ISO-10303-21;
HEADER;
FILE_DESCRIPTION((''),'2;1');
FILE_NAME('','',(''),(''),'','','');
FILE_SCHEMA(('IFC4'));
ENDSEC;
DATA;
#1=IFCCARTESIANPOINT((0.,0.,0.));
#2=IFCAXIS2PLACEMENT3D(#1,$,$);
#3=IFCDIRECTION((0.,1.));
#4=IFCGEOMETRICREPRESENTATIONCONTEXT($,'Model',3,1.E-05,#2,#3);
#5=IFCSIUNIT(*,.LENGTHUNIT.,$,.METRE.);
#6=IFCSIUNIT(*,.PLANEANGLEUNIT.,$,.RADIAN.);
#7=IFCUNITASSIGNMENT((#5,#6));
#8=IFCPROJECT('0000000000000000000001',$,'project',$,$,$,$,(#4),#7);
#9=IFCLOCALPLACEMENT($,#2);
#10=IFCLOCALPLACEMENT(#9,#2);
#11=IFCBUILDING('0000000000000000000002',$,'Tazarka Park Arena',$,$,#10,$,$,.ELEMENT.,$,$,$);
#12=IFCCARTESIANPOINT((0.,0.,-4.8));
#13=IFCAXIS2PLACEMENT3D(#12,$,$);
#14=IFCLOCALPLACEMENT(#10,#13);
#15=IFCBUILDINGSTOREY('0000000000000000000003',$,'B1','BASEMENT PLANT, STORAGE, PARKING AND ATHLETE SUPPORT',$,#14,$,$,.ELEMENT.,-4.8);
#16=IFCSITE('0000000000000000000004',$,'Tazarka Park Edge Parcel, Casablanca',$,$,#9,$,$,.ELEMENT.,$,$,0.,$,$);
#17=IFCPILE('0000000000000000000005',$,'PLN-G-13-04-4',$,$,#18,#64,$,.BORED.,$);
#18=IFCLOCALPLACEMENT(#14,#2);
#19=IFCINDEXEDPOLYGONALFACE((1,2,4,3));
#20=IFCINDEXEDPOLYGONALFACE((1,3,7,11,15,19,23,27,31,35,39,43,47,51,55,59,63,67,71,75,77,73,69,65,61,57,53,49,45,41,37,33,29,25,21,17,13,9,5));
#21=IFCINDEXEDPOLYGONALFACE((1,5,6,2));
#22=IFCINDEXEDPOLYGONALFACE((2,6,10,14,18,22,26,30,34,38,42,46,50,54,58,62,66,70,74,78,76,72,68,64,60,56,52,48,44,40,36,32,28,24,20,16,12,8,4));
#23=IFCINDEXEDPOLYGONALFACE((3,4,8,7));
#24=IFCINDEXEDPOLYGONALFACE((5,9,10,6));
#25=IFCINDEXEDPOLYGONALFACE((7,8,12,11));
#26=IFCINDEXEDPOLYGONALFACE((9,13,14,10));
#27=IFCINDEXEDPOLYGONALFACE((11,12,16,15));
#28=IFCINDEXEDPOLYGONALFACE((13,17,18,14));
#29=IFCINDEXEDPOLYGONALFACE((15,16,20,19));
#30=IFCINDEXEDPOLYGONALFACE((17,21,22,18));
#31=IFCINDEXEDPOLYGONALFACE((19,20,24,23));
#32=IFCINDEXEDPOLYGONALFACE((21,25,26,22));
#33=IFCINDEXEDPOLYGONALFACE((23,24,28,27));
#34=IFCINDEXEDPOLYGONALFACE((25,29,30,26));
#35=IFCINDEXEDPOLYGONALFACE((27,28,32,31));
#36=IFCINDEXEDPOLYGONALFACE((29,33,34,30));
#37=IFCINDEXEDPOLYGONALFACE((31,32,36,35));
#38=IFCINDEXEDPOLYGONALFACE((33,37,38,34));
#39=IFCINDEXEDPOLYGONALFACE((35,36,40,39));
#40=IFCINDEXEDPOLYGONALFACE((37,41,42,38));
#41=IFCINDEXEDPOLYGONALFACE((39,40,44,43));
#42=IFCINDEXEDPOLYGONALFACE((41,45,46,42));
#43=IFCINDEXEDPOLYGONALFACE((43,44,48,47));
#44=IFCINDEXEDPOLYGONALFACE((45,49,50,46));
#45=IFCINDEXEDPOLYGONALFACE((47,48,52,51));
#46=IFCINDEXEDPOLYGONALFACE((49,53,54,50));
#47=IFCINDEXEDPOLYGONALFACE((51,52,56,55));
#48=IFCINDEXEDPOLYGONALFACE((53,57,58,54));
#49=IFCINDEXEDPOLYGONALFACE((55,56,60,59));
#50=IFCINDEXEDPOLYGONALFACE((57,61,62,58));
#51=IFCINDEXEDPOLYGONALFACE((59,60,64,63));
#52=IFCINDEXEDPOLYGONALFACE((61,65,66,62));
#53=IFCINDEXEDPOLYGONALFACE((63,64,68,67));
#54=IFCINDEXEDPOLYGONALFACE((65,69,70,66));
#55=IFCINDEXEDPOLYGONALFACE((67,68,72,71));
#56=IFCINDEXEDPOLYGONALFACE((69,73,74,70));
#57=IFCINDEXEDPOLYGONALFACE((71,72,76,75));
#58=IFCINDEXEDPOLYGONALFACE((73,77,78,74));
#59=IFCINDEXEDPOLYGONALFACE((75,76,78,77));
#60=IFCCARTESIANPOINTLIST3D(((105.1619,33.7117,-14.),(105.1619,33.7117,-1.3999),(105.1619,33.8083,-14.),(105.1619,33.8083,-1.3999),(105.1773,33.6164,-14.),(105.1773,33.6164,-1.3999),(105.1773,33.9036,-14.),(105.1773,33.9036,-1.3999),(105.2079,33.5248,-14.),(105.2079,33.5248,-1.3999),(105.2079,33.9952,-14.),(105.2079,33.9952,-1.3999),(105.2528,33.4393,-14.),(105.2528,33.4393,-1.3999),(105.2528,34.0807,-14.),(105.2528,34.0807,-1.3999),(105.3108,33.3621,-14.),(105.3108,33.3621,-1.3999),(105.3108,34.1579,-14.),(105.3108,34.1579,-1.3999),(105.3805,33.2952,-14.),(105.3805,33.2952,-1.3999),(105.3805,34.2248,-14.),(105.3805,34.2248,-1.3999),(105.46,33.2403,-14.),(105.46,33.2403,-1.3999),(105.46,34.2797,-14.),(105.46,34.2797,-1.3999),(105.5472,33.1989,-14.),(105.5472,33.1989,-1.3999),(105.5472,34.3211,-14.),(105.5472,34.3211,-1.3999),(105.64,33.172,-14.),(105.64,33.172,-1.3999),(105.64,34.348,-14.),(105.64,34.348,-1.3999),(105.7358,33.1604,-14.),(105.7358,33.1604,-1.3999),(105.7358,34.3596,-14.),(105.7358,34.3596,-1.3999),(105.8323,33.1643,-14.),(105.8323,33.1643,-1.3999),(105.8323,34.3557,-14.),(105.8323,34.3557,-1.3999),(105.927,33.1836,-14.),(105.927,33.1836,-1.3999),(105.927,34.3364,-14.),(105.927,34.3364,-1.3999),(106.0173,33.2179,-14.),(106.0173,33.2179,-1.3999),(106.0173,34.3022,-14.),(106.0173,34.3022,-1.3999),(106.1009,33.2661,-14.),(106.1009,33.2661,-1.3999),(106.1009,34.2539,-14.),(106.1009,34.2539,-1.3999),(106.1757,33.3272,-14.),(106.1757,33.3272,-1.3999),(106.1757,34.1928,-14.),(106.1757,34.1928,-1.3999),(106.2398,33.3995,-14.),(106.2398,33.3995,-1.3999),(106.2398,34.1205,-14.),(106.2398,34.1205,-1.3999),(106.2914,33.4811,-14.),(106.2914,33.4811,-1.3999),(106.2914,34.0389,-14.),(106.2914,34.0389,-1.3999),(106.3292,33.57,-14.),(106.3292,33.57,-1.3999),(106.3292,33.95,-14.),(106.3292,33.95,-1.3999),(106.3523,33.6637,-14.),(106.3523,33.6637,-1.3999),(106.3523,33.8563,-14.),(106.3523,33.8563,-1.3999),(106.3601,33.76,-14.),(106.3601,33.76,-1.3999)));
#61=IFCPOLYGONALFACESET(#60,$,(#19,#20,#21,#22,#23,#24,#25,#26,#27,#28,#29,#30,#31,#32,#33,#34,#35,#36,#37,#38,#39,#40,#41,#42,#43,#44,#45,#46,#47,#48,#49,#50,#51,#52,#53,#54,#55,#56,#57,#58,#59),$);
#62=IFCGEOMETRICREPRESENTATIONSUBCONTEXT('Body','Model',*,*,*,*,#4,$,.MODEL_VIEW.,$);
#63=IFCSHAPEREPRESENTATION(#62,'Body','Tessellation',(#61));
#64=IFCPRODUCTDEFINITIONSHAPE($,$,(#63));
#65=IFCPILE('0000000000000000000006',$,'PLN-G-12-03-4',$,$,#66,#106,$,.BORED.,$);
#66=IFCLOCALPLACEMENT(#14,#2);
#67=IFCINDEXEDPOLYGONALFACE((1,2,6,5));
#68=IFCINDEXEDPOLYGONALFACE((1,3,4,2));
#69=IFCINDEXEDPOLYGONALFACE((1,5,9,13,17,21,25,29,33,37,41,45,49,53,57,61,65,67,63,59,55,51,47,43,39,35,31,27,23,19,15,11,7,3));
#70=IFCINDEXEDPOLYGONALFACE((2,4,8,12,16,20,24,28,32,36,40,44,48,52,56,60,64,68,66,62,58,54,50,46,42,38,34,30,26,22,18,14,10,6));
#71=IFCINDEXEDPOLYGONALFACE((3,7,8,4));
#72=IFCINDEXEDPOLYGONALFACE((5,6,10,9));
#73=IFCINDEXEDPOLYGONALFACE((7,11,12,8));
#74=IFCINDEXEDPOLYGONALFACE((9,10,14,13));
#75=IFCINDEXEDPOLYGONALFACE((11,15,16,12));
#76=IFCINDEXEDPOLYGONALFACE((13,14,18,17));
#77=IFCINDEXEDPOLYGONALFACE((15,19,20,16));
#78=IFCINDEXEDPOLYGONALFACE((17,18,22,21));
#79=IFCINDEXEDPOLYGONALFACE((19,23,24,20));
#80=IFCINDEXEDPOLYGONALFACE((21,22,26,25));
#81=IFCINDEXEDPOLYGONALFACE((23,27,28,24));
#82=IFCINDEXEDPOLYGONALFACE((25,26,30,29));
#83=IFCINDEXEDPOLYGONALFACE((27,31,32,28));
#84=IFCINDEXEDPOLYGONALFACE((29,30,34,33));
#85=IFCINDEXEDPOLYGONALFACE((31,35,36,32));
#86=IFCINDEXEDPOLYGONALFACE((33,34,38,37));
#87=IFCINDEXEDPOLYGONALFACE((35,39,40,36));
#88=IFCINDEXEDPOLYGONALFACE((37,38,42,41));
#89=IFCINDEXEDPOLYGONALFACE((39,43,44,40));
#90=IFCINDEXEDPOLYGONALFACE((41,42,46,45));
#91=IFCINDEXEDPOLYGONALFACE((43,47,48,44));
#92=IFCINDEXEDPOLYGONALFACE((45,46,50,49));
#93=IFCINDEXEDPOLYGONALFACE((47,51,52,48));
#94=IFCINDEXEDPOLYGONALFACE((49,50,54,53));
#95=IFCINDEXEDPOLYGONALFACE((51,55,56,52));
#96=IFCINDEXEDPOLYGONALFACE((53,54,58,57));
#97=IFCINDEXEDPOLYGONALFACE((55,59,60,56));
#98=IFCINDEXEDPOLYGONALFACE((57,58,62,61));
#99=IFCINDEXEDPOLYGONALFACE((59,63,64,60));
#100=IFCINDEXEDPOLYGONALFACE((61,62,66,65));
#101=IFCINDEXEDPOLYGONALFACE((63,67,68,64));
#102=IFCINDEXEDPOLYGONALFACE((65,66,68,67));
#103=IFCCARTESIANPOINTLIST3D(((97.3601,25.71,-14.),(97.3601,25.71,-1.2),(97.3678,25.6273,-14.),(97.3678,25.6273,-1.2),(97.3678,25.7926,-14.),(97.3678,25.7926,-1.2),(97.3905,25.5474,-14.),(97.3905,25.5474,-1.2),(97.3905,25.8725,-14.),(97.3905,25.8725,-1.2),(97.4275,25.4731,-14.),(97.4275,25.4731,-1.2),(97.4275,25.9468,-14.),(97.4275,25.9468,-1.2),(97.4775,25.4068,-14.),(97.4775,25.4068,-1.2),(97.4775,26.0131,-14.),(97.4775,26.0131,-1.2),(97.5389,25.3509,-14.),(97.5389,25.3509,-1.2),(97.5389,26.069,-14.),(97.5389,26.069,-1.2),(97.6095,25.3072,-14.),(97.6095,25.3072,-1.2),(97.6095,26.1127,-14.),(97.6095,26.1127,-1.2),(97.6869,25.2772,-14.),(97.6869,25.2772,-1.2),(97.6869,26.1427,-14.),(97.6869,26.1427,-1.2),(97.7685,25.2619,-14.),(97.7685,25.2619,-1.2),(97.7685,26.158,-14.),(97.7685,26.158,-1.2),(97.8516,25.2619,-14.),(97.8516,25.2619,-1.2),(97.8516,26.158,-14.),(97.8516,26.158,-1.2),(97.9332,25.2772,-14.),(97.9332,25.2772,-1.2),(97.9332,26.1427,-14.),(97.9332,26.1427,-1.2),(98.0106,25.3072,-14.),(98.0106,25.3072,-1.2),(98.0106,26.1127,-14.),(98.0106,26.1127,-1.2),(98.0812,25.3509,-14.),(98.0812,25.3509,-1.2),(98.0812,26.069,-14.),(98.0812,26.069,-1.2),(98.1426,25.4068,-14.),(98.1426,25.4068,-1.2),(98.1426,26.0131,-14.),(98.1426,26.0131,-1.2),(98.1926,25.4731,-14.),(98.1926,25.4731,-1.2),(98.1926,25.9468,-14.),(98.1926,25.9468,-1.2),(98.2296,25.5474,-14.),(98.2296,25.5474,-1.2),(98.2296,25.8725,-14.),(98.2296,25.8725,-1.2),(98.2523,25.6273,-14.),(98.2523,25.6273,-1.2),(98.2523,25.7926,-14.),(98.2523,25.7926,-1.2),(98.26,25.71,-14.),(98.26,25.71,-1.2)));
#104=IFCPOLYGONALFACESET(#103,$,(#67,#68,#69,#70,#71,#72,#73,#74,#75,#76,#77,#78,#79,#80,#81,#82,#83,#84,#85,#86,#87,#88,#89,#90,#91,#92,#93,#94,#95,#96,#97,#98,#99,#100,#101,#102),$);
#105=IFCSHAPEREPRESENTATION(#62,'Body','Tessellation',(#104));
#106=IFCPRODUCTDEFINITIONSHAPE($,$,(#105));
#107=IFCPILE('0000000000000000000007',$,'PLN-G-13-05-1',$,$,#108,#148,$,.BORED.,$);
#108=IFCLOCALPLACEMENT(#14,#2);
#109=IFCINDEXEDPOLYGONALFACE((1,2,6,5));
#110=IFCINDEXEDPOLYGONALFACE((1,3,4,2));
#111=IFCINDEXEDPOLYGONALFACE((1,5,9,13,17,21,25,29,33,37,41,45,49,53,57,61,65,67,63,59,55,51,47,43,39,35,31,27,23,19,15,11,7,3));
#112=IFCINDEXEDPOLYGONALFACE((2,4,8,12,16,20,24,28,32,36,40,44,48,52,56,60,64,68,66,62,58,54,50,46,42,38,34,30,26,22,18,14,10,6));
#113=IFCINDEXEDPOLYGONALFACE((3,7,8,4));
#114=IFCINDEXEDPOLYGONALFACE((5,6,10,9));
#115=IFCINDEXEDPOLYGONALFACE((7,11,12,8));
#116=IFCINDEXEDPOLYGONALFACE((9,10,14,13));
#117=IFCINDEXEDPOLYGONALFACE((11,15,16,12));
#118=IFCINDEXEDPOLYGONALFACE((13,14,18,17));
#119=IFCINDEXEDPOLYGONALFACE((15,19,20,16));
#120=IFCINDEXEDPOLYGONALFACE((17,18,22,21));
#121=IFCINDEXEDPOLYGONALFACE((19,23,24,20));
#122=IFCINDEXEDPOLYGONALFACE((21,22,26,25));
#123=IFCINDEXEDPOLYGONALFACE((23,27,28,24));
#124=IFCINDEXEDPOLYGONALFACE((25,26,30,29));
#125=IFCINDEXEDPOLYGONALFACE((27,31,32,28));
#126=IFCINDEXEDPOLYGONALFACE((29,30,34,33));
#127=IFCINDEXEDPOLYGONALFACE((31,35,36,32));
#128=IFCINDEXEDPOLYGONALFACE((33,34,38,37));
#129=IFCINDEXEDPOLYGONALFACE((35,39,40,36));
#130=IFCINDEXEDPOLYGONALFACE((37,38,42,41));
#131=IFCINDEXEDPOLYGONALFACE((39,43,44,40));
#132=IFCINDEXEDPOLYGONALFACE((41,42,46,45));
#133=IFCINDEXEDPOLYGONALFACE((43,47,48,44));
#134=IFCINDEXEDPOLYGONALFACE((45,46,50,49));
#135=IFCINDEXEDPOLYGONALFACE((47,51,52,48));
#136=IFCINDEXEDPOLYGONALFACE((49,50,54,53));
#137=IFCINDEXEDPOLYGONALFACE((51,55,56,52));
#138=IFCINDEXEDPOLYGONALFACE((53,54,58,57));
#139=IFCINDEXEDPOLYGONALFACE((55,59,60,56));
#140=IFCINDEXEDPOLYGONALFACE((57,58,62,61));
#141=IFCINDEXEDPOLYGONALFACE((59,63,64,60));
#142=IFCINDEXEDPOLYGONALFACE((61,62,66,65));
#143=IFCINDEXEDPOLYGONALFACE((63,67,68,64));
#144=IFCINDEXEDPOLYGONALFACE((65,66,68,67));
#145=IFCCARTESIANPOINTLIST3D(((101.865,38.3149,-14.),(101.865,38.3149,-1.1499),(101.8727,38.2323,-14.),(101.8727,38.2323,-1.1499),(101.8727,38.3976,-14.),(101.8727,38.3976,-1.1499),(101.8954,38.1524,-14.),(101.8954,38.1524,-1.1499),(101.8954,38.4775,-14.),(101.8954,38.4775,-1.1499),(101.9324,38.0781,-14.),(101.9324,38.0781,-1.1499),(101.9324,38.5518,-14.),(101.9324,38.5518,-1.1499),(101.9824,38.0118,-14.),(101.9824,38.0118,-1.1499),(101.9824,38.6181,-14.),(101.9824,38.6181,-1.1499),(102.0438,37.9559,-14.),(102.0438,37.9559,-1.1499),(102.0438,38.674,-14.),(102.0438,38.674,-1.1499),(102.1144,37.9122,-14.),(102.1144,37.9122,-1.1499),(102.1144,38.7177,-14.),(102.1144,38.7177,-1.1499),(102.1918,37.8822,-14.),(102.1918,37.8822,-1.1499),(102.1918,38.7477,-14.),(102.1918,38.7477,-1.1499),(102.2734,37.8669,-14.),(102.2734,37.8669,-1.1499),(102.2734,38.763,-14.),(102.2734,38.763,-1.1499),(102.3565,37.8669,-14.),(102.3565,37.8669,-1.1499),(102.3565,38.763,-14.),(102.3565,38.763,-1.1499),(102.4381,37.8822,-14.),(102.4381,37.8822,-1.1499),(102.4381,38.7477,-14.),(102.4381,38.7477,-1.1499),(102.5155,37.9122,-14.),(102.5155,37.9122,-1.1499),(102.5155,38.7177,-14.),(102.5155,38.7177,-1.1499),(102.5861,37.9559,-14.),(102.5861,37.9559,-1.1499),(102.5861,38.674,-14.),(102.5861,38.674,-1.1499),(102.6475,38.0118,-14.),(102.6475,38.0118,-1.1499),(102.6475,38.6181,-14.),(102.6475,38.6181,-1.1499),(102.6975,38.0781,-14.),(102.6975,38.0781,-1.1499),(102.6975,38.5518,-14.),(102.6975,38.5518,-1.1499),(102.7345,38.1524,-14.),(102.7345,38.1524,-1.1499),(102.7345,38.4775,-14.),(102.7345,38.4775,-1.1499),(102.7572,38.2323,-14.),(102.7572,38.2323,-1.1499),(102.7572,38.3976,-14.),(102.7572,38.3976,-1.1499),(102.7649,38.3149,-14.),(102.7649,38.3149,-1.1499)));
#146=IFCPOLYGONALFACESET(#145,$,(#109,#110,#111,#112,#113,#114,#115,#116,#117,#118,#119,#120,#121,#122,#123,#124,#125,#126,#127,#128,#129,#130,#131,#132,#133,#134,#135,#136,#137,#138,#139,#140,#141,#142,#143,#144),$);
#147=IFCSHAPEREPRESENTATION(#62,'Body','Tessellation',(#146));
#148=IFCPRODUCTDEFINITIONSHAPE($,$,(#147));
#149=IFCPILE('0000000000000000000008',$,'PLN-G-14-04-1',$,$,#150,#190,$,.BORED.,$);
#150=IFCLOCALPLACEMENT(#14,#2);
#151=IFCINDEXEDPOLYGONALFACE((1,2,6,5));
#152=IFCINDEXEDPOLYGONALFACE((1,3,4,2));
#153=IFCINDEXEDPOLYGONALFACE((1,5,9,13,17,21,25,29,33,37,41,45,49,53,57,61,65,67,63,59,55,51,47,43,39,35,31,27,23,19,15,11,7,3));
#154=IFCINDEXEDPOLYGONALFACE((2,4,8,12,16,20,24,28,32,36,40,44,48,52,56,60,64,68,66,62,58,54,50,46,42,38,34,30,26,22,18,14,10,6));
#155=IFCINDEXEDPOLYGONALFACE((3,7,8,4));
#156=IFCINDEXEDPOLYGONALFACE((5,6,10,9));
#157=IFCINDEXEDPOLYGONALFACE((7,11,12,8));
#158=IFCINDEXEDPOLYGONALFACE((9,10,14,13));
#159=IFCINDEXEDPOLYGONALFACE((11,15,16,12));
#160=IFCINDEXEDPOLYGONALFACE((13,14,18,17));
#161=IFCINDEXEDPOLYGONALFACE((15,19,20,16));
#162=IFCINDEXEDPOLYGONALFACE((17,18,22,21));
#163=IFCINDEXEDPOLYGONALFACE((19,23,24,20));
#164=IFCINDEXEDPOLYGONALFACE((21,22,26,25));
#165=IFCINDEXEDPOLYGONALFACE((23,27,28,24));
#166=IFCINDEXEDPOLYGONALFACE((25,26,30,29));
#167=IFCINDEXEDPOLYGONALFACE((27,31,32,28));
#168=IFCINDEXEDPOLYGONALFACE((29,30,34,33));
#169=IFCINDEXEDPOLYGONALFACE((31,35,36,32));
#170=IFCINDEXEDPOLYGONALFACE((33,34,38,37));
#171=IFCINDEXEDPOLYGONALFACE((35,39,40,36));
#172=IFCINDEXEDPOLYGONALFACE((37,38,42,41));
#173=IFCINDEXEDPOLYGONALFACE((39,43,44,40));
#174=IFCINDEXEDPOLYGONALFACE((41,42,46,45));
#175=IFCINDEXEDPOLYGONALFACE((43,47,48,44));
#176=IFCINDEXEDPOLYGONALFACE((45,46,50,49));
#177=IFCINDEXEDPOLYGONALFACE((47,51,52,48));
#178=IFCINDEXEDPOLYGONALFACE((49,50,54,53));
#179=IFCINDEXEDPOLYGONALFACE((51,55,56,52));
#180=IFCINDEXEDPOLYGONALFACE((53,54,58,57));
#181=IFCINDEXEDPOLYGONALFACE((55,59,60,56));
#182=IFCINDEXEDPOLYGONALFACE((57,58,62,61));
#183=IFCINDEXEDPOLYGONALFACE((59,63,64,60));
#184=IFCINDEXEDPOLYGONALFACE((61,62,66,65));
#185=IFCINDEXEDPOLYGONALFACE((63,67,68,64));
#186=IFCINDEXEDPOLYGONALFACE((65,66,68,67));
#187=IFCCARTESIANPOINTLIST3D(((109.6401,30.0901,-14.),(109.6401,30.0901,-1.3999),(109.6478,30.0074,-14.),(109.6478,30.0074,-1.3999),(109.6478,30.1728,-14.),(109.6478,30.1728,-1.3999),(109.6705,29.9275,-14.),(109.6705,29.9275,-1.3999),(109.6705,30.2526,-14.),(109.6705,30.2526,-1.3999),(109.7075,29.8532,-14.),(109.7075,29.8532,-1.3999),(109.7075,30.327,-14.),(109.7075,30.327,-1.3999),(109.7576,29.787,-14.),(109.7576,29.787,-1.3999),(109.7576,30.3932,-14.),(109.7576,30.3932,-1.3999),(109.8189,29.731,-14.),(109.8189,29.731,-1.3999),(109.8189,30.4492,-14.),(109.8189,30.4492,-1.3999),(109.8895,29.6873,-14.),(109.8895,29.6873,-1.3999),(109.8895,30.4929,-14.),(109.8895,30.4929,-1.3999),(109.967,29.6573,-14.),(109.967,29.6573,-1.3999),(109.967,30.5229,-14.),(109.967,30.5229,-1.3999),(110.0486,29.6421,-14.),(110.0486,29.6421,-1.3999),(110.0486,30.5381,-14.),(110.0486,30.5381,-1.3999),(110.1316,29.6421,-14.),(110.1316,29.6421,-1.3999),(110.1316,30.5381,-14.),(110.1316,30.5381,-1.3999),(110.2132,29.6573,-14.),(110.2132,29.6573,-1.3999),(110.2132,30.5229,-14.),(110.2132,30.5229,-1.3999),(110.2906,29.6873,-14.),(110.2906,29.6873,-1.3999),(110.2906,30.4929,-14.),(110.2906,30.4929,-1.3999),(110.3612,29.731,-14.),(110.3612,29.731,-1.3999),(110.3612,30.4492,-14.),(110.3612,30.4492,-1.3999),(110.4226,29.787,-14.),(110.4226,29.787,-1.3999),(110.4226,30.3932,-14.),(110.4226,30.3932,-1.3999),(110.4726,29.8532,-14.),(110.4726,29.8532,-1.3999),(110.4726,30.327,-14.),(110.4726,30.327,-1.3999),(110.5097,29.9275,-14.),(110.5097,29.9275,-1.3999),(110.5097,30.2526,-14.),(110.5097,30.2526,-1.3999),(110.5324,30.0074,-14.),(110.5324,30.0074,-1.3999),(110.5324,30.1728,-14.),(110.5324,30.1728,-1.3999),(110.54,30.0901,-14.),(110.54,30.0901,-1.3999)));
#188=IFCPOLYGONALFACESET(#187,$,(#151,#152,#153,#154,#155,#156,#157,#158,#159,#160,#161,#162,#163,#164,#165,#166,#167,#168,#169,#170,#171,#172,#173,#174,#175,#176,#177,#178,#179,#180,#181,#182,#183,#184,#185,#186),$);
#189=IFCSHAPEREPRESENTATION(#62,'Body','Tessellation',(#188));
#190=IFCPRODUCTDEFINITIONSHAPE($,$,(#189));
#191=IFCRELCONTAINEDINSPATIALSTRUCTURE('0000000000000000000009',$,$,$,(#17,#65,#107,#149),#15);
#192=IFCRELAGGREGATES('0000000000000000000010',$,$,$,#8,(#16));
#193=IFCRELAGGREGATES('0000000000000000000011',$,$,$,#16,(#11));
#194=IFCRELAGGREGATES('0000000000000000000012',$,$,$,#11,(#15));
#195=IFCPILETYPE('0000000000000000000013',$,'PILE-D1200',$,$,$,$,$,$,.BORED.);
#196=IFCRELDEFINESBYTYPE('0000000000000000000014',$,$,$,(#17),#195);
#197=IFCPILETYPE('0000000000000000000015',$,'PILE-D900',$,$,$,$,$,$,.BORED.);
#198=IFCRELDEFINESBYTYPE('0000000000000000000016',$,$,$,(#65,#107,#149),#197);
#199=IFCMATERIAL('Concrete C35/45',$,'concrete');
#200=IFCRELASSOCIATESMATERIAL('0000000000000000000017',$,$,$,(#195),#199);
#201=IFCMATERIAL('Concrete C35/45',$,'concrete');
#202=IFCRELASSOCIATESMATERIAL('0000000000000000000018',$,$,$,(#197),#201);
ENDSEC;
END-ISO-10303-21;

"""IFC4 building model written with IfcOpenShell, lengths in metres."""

from ifc_helpers import new_model, si_unit, direction, frame, origin, origin_2d, place, context, subcontext, project, spatial, circle, extrude, material, material_profile, profile_set, type_object, element, save


model = new_model("IFC4")

# Units and contexts
model_context = context("Model", 3, precision=1e-05, world=origin(), true_north=direction((0.0, 1.0)))
body_context = subcontext(model_context, "Body", "Model", "MODEL_VIEW")
ifc_project = project(units=[si_unit("LENGTHUNIT", "METRE"), si_unit("PLANEANGLEUNIT", "RADIAN")], contexts=[model_context])

# Site, building, storey
site_placement = place(None, origin())
site = spatial("IfcSite", under=ifc_project, at=site_placement, Name="Tazarka Park Edge Parcel, Casablanca", CompositionType="ELEMENT", RefElevation=0.0)
building_placement = place(site_placement, origin())
building = spatial("IfcBuilding", under=site, at=building_placement, Name="Tazarka Park Arena", CompositionType="ELEMENT")
storey_placement = place(building_placement, frame((0.0, 0.0, -4.8)))
storey = spatial("IfcBuildingStorey", under=building, at=storey_placement, Name="B1", Description="BASEMENT PLANT, STORAGE, PARKING AND ATHLETE SUPPORT", CompositionType="ELEMENT", Elevation=-4.8)

# Piles
ifc_material_1 = material(Name="Concrete C35/45", Category="concrete")
ifc_material_profile_1 = material_profile(ifc_material_1, circle(Radius=0.6001, at=origin_2d()), Name="Concrete C35/45")
ifc_profile_set_1 = profile_set([ifc_material_profile_1], Name="Concrete C35/45")
pile_type_1 = type_object("IfcPileType", Name="PILE-D1200", PredefinedType="BORED", material=ifc_profile_set_1)
for number, where, z_axis, x_axis, name in (
    (1, (105.76, 33.76, -1.3999), (0.0, 0.0, -1.0), (1.0, 0.0, 0.0), "PLN-G-13-04-4"),
):
    element("IfcPile", number, at=place(storey_placement, frame(where, z_axis=z_axis, x_axis=x_axis)), inside=storey, type_object=pile_type_1, Name=name, PredefinedType="BORED", context=body_context, shape_type="SweptSolid", body=[
        extrude(circle(Radius=0.6001, at=origin_2d()), origin(), (0.0, 0.0, 1.0), 12.6001),
    ])
ifc_material_2 = material(Name="Concrete C35/45", Category="concrete")
ifc_material_profile_2 = material_profile(ifc_material_2, circle(Radius=0.45, at=origin_2d()), Name="Concrete C35/45")
ifc_profile_set_2 = profile_set([ifc_material_profile_2], Name="Concrete C35/45")
pile_type_2 = type_object("IfcPileType", Name="PILE-D900", PredefinedType="BORED", material=ifc_profile_set_2)
pile_1_placement = place(storey_placement, frame((97.8101, 25.71, -1.2), z_axis=(0.0, 0.0, -1.0), x_axis=(1.0, 0.0, 0.0)))
element("IfcPile", 2, at=pile_1_placement, inside=storey, type_object=pile_type_2, Name="PLN-G-12-03-4", PredefinedType="BORED", context=body_context, shape_type="SweptSolid", body=[
    extrude(circle(Radius=0.45, at=origin_2d()), origin(), (0.0, 0.0, 1.0), 12.8),
])
pile_2_placement = place(storey_placement, frame((102.3149, 38.3149, -1.1499), z_axis=(0.0, 0.0, -1.0), x_axis=(1.0, 0.0, 0.0)))
element("IfcPile", 3, at=pile_2_placement, inside=storey, type_object=pile_type_2, Name="PLN-G-13-05-1", PredefinedType="BORED", context=body_context, shape_type="SweptSolid", body=[
    extrude(circle(Radius=0.45, at=origin_2d()), origin(), (0.0, 0.0, 1.0), 12.8501),
])
for number, where, z_axis, x_axis, name in (
    (4, (110.0901, 30.0901, -1.3999), (0.0, 0.0, -1.0), (1.0, 0.0, 0.0), "PLN-G-14-04-1"),
):
    element("IfcPile", number, at=place(storey_placement, frame(where, z_axis=z_axis, x_axis=x_axis)), inside=storey, type_object=pile_type_2, Name=name, PredefinedType="BORED", context=body_context, shape_type="SweptSolid", body=[
        extrude(circle(Radius=0.45, at=origin_2d()), origin(), (0.0, 0.0, 1.0), 12.6001),
    ])

save(model, "model.ifc")
